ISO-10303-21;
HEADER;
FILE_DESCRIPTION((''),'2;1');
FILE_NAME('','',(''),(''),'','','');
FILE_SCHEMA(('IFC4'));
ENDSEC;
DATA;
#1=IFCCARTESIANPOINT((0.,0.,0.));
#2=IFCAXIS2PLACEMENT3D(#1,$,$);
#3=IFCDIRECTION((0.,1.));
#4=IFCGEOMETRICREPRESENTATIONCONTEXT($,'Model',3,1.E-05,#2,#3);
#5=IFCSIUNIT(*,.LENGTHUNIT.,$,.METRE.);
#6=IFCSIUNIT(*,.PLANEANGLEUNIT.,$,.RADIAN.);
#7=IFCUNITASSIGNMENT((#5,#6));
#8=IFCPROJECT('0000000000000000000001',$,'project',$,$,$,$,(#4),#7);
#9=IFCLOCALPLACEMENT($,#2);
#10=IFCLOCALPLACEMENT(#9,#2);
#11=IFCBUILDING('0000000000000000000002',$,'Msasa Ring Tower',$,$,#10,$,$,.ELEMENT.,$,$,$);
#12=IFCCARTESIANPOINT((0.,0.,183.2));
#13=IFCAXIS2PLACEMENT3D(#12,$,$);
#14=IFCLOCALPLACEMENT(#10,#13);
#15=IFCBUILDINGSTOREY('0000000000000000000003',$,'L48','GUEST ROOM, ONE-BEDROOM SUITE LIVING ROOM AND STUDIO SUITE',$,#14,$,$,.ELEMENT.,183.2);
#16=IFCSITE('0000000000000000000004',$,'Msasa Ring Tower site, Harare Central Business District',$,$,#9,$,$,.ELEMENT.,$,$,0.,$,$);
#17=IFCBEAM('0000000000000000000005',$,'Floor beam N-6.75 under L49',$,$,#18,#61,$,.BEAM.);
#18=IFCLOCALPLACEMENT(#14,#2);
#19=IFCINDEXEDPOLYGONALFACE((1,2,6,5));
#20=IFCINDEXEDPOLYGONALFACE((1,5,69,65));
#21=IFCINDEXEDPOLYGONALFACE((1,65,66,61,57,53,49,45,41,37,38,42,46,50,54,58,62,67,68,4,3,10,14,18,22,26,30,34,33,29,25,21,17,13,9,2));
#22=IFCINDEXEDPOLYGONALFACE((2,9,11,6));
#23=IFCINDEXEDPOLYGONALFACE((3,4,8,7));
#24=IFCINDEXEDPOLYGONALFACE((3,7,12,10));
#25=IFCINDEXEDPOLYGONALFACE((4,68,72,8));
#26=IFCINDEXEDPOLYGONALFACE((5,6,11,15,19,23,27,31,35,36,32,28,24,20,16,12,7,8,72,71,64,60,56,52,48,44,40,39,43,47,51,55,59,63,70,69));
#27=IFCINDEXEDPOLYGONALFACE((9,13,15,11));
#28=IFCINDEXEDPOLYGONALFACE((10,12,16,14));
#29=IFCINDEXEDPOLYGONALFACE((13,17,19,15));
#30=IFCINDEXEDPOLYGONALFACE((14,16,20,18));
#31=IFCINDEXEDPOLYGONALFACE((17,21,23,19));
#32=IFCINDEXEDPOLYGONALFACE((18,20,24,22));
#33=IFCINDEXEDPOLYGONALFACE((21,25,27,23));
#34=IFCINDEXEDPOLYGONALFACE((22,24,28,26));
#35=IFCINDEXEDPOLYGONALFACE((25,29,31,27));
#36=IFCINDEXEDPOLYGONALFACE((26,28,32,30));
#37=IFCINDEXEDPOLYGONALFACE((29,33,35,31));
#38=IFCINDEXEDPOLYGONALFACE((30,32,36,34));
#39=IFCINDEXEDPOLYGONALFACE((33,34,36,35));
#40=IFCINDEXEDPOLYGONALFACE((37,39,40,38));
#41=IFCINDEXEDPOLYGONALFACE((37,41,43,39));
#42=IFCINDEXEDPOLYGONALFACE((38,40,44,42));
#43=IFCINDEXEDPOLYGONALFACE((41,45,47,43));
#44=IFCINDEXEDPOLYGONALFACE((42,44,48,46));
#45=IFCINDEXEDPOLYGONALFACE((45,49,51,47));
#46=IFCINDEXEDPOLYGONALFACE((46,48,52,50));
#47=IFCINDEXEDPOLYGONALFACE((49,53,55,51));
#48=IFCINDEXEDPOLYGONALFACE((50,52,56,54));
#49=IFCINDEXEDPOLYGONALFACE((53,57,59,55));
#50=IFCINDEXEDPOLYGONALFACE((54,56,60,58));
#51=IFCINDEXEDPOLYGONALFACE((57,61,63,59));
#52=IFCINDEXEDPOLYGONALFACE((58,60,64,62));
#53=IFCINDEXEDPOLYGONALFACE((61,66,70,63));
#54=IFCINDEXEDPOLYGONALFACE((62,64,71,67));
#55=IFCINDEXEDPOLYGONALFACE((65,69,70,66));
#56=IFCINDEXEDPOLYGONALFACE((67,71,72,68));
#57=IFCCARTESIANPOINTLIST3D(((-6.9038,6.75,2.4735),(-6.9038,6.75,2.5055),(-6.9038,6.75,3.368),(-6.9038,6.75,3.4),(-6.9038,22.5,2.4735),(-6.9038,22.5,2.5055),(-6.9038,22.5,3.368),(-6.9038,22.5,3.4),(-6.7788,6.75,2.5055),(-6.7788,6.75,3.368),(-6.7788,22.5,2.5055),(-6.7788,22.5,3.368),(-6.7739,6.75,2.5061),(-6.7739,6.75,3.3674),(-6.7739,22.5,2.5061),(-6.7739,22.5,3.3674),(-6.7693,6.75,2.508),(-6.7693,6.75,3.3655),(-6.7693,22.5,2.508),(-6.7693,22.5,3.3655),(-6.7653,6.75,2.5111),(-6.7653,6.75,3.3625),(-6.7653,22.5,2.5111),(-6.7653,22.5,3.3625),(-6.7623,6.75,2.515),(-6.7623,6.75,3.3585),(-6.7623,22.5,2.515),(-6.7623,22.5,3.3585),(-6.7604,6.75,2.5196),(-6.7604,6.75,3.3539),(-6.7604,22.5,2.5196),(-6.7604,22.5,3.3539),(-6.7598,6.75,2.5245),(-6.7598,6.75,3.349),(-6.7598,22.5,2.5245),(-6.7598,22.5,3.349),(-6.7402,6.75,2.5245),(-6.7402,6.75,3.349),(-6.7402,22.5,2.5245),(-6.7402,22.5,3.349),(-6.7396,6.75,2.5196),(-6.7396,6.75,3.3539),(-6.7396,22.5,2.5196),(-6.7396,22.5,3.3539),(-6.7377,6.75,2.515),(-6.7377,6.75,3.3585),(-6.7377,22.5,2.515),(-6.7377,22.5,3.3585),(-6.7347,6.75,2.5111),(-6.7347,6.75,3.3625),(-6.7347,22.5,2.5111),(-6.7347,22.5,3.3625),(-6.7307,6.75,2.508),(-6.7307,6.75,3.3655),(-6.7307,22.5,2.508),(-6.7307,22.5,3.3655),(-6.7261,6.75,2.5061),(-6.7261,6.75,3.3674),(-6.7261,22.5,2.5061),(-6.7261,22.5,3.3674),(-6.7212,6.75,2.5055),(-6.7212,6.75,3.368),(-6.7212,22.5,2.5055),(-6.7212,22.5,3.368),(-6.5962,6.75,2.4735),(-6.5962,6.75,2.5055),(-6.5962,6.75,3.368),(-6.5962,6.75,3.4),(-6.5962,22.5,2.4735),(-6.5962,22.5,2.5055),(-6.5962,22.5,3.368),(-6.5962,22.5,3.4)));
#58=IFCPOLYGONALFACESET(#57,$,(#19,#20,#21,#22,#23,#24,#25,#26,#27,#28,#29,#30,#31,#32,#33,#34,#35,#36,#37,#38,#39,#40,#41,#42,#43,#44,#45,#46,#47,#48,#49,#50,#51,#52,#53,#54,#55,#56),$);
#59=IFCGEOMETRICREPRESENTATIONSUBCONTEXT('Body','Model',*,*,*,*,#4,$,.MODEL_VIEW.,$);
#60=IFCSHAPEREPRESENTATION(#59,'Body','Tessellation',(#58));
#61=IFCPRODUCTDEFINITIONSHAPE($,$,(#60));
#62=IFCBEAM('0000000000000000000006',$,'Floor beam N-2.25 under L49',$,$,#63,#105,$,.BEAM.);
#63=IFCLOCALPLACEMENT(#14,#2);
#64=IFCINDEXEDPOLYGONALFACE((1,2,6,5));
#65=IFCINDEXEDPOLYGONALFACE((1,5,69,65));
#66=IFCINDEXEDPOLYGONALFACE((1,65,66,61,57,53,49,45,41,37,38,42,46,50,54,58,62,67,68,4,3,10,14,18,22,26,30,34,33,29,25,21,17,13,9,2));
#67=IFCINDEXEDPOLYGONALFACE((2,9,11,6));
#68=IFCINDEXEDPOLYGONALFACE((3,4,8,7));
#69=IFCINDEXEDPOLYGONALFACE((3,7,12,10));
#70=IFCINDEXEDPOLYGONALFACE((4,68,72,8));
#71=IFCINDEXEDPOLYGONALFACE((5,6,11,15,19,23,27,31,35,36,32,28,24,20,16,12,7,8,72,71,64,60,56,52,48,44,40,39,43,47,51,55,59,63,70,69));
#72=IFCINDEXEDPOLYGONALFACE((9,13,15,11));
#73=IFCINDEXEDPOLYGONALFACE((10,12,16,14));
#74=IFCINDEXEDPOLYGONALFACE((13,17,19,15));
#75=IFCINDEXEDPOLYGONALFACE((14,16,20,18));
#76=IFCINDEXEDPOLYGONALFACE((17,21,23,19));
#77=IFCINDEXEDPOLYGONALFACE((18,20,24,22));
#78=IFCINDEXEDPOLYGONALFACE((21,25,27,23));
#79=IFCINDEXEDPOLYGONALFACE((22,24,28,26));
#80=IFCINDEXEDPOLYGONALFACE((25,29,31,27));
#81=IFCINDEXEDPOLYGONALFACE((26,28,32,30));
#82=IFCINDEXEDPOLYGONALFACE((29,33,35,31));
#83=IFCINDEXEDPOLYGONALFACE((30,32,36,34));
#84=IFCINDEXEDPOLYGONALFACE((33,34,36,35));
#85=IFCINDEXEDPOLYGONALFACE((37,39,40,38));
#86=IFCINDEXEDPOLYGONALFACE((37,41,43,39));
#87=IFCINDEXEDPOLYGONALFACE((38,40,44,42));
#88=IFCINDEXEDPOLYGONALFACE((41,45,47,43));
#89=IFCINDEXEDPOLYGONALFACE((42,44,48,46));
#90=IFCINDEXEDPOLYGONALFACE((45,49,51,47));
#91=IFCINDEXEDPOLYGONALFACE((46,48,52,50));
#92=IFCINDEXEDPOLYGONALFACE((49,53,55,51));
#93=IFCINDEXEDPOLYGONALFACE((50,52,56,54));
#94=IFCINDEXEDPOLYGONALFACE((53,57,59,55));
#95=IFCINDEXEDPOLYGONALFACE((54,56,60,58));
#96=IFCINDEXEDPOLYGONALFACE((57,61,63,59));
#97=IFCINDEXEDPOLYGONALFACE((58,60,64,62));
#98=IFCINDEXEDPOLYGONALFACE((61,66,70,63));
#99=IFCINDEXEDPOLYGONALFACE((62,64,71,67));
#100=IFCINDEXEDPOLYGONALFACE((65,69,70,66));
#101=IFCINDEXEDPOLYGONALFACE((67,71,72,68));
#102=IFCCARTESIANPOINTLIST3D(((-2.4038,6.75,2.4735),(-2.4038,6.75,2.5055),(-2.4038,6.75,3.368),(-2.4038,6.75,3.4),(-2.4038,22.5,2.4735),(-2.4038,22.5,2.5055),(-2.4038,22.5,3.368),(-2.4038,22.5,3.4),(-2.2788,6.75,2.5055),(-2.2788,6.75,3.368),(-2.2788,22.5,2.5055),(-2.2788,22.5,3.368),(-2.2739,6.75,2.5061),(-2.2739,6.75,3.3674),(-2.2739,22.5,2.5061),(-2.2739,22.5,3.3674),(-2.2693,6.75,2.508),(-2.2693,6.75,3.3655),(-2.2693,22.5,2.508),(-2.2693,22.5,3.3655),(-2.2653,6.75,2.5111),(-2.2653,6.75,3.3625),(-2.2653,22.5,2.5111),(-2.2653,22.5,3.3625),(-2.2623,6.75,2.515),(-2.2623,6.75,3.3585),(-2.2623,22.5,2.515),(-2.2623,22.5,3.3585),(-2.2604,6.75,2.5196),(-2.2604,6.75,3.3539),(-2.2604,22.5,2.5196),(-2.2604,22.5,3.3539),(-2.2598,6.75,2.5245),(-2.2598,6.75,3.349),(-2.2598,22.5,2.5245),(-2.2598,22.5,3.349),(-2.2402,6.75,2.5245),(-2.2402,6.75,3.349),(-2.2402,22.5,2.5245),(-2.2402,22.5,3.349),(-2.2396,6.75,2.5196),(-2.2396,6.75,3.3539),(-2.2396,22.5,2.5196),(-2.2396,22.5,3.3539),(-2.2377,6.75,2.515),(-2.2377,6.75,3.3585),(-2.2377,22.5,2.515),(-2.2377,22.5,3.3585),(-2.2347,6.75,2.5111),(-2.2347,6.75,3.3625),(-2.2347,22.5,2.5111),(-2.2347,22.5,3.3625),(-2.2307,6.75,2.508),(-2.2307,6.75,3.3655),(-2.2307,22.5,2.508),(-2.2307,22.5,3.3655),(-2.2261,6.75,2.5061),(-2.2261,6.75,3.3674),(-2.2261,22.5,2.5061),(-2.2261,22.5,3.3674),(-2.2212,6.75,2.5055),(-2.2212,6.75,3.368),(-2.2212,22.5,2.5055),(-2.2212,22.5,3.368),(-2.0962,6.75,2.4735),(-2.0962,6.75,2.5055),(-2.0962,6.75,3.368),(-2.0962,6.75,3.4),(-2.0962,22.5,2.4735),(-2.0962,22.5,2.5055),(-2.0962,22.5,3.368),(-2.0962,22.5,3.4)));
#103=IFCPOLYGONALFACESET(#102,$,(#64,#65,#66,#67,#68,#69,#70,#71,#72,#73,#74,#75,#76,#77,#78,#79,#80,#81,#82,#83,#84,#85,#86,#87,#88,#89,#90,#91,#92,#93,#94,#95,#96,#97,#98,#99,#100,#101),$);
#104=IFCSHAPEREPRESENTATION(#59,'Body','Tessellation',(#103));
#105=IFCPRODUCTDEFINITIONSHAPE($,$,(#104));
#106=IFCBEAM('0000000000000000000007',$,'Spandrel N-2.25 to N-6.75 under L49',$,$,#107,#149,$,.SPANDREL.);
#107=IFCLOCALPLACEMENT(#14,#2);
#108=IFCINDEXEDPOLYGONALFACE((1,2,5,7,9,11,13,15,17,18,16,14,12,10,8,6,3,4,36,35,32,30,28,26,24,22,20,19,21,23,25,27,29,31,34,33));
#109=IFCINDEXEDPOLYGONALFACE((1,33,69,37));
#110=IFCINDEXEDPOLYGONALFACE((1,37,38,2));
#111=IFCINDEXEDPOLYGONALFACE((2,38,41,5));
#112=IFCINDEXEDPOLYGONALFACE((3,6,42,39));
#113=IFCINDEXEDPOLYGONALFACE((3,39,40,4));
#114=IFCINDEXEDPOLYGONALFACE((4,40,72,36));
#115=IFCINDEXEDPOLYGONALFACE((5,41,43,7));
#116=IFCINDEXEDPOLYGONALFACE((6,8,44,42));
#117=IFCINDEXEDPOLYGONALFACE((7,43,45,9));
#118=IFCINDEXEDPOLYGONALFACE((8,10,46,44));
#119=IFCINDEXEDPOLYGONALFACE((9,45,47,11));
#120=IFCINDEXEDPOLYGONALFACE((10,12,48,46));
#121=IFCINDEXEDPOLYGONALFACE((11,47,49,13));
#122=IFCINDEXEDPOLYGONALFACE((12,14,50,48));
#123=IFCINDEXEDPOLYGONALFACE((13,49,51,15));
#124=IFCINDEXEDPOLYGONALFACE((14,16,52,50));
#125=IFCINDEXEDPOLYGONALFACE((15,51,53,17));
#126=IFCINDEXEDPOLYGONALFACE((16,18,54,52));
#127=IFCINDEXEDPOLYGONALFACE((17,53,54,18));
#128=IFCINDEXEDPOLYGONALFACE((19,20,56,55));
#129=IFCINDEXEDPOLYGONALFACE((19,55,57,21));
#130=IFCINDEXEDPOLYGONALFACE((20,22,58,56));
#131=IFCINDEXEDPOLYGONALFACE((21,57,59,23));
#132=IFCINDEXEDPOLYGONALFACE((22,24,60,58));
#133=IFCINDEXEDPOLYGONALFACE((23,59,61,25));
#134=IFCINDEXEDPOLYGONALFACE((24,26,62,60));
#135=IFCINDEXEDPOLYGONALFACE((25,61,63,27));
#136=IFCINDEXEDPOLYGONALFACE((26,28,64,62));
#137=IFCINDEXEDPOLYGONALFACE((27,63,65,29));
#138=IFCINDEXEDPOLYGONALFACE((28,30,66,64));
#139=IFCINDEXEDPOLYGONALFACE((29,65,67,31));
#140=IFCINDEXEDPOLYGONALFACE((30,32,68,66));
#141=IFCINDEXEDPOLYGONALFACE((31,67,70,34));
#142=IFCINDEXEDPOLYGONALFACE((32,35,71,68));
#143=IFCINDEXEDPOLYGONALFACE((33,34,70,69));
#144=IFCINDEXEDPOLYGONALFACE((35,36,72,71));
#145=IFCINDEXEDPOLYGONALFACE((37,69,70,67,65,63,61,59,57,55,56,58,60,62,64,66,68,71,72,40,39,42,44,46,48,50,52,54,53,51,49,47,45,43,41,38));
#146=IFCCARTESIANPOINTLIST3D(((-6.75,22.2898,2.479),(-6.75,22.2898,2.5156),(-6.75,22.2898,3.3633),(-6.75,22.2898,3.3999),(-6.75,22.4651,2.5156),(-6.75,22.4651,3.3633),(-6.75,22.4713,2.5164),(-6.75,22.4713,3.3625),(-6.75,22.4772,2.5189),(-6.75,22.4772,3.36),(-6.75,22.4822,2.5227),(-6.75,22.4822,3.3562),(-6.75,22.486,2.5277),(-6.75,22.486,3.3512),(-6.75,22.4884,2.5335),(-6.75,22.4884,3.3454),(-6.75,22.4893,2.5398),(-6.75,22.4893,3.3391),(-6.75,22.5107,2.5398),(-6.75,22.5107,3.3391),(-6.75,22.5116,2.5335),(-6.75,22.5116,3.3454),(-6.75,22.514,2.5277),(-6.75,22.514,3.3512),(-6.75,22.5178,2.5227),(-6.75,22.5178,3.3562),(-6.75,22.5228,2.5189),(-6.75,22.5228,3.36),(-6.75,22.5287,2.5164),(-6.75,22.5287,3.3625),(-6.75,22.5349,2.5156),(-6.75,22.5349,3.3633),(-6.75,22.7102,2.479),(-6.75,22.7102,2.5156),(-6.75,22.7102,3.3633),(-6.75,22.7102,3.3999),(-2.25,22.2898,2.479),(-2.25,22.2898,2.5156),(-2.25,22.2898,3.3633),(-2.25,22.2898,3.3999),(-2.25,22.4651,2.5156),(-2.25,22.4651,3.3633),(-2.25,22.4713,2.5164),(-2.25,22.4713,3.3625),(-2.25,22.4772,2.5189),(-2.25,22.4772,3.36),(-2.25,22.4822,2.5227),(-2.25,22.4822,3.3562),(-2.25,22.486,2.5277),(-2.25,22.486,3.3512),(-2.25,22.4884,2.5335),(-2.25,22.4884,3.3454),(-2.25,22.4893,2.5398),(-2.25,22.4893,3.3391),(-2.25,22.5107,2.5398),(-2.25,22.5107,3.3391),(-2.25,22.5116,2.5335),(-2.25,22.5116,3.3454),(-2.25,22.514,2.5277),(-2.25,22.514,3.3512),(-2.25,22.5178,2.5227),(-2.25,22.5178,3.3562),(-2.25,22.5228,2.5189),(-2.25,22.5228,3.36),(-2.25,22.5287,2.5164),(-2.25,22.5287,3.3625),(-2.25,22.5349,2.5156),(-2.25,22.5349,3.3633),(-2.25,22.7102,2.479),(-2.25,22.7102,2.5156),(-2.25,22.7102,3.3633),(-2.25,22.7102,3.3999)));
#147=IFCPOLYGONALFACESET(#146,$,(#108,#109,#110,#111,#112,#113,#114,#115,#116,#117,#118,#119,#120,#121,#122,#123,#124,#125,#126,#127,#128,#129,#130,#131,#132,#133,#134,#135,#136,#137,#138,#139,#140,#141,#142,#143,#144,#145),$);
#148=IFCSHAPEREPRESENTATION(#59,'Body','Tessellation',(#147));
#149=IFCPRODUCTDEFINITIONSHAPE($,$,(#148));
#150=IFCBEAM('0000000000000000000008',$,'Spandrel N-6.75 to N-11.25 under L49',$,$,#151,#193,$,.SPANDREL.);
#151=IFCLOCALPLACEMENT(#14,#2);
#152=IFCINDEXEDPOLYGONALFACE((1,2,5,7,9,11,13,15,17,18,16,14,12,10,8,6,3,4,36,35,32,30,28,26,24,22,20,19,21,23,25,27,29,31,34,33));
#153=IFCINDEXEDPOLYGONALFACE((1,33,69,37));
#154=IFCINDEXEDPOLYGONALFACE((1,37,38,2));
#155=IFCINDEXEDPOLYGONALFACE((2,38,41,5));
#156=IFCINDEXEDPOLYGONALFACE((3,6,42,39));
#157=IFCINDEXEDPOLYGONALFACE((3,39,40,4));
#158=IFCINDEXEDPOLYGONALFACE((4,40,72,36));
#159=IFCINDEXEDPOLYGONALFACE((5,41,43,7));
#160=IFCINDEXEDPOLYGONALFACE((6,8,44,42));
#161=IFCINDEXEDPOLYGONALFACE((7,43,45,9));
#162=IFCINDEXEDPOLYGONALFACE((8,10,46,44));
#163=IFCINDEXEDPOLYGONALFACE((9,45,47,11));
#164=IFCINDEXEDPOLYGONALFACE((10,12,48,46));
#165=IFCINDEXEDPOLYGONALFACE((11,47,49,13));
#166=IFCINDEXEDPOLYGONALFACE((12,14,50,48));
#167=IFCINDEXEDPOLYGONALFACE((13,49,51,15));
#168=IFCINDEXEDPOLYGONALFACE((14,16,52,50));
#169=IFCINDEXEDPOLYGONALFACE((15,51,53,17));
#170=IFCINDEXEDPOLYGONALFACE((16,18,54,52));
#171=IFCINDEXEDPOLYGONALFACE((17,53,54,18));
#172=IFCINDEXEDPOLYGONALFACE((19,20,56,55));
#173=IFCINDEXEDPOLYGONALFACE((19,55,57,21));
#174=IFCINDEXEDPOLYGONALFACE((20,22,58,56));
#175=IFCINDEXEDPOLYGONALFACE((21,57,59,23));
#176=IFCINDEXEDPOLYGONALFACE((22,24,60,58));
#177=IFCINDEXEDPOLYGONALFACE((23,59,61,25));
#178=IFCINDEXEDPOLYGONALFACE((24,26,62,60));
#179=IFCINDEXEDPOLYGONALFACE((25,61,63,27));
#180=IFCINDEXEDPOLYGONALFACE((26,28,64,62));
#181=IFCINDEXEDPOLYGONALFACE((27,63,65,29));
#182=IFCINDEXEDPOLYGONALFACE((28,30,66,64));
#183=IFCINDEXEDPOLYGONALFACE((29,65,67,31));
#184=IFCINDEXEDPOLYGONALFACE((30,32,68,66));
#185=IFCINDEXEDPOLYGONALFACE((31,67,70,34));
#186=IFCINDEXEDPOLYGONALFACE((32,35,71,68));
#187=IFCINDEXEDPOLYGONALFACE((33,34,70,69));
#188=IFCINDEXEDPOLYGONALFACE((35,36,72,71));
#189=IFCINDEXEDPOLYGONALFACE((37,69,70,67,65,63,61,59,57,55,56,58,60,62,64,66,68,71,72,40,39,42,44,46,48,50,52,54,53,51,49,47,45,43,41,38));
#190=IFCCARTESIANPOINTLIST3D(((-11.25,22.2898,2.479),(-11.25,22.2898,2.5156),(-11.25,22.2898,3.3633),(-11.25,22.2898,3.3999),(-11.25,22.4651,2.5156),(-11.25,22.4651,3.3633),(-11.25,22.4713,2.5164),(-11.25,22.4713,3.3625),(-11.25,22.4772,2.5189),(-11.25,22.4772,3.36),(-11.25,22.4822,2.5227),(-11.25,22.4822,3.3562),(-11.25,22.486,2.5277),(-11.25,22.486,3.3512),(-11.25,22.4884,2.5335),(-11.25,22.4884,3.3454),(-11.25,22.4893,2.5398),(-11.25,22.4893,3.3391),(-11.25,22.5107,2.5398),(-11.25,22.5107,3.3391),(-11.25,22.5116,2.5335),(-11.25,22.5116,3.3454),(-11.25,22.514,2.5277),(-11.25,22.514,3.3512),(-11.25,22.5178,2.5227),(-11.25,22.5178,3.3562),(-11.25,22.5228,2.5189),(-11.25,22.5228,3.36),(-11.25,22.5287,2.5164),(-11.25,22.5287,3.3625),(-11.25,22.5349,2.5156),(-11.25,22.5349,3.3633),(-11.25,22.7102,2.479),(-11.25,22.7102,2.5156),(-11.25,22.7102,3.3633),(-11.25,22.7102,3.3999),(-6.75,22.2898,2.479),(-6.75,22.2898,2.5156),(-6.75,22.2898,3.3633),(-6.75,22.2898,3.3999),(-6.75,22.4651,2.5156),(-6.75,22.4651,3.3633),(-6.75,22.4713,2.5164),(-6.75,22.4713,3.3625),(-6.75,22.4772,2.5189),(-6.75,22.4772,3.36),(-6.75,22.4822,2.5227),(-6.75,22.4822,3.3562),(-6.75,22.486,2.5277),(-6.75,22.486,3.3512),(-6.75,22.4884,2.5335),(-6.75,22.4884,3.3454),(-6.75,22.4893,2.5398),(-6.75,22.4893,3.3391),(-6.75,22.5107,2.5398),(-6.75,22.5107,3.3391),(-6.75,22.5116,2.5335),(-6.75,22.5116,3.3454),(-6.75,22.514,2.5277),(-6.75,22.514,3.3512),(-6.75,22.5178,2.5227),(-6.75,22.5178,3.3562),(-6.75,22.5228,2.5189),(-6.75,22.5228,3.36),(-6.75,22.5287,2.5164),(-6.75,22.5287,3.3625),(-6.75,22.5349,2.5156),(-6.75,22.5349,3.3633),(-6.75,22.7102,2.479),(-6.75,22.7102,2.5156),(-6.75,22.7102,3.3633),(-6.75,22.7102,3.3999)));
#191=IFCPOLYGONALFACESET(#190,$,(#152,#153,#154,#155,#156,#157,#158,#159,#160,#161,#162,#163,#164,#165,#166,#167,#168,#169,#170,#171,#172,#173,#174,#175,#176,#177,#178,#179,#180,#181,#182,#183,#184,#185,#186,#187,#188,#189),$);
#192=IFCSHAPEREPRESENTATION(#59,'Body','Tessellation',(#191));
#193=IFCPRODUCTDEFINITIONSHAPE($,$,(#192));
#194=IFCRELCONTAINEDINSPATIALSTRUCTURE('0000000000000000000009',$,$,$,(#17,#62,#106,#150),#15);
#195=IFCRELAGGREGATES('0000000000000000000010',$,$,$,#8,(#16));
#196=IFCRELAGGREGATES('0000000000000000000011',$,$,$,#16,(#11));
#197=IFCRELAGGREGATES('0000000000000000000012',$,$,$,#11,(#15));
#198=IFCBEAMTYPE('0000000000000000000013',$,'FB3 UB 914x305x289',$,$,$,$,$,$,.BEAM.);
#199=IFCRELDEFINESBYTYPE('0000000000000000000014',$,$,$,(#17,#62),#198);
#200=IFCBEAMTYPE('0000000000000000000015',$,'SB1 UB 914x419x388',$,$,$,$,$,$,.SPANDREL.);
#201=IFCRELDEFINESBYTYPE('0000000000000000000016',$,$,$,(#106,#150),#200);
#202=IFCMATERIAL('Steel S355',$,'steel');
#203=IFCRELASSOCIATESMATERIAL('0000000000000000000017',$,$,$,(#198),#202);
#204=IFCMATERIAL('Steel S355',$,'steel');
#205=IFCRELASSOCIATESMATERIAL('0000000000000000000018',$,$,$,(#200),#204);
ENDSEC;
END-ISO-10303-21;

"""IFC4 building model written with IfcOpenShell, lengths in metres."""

from ifc_helpers import new_model, si_unit, direction, frame, origin, origin_2d, place, context, subcontext, project, spatial, i_section, extrude, material, material_profile, profile_set, type_object, element, save


model = new_model("IFC4")

# Units and contexts
model_context = context("Model", 3, precision=1e-05, world=origin(), true_north=direction((0.0, 1.0)))
body_context = subcontext(model_context, "Body", "Model", "MODEL_VIEW")
ifc_project = project(units=[si_unit("LENGTHUNIT", "METRE"), si_unit("PLANEANGLEUNIT", "RADIAN")], contexts=[model_context])

# Site, building, storey
site_placement = place(None, origin())
site = spatial("IfcSite", under=ifc_project, at=site_placement, Name="Msasa Ring Tower site, Harare Central Business District", CompositionType="ELEMENT", RefElevation=0.0)
building_placement = place(site_placement, origin())
building = spatial("IfcBuilding", under=site, at=building_placement, Name="Msasa Ring Tower", CompositionType="ELEMENT")
storey_placement = place(building_placement, frame((0.0, 0.0, 183.2)))
storey = spatial("IfcBuildingStorey", under=building, at=storey_placement, Name="L48", Description="GUEST ROOM, ONE-BEDROOM SUITE LIVING ROOM AND STUDIO SUITE", CompositionType="ELEMENT", Elevation=183.2)

# Beams
ifc_material_1 = material(Name="Steel S355", Category="steel")
ifc_material_profile_1 = material_profile(ifc_material_1, i_section(OverallWidth=0.3076, OverallDepth=0.9265, WebThickness=0.0195, FlangeThickness=0.032, FilletRadius=0.019, at=origin_2d()), Name="UB 914x305x289")
ifc_profile_set_1 = profile_set([ifc_material_profile_1], Name="Steel S355")
beam_type_1 = type_object("IfcBeamType", Name="FB3 UB 914x305x289", PredefinedType="BEAM", material=ifc_profile_set_1)
for number, where, z_axis, x_axis, name in (
    (1, (-6.75, 22.5, 2.9368), (0.0, -1.0, 0.0), (1.0, 0.0, 0.0), "Floor beam N-6.75 under L49"),
    (2, (-2.25, 22.5, 2.9368), (0.0, -1.0, 0.0), (1.0, 0.0, 0.0), "Floor beam N-2.25 under L49"),
):
    element("IfcBeam", number, at=place(storey_placement, frame(where, z_axis=z_axis, x_axis=x_axis)), inside=storey, type_object=beam_type_1, Name=name, PredefinedType="BEAM", context=body_context, shape_type="SweptSolid", body=[
        extrude(i_section(OverallWidth=0.3076, OverallDepth=0.9265, WebThickness=0.0195, FlangeThickness=0.032, FilletRadius=0.019, at=origin_2d()), origin(), (0.0, 0.0, 1.0), 15.75),
    ])
ifc_material_2 = material(Name="Steel S355", Category="steel")
ifc_material_profile_2 = material_profile(ifc_material_2, i_section(OverallWidth=0.4204, OverallDepth=0.9209, WebThickness=0.0215, FlangeThickness=0.0366, FilletRadius=0.0242, at=origin_2d()), Name="UB 914x419x388")
ifc_profile_set_2 = profile_set([ifc_material_profile_2], Name="Steel S355")
beam_type_2 = type_object("IfcBeamType", Name="SB1 UB 914x419x388", PredefinedType="SPANDREL", material=ifc_profile_set_2)
for number, where, z_axis, x_axis, name in (
    (3, (-2.25, 22.5, 2.9395), (-1.0, 0.0, 0.0), (0.0, -1.0, 0.0), "Spandrel N-2.25 to N-6.75 under L49"),
    (4, (-6.75, 22.5, 2.9395), (-1.0, 0.0, 0.0), (0.0, -1.0, 0.0), "Spandrel N-6.75 to N-11.25 under L49"),
):
    element("IfcBeam", number, at=place(storey_placement, frame(where, z_axis=z_axis, x_axis=x_axis)), inside=storey, type_object=beam_type_2, Name=name, PredefinedType="SPANDREL", context=body_context, shape_type="SweptSolid", body=[
        extrude(i_section(OverallWidth=0.4204, OverallDepth=0.9209, WebThickness=0.0215, FlangeThickness=0.0366, FilletRadius=0.0242, at=origin_2d()), origin(), (0.0, 0.0, 1.0), 4.5),
    ])

save(model, "model.ifc")
